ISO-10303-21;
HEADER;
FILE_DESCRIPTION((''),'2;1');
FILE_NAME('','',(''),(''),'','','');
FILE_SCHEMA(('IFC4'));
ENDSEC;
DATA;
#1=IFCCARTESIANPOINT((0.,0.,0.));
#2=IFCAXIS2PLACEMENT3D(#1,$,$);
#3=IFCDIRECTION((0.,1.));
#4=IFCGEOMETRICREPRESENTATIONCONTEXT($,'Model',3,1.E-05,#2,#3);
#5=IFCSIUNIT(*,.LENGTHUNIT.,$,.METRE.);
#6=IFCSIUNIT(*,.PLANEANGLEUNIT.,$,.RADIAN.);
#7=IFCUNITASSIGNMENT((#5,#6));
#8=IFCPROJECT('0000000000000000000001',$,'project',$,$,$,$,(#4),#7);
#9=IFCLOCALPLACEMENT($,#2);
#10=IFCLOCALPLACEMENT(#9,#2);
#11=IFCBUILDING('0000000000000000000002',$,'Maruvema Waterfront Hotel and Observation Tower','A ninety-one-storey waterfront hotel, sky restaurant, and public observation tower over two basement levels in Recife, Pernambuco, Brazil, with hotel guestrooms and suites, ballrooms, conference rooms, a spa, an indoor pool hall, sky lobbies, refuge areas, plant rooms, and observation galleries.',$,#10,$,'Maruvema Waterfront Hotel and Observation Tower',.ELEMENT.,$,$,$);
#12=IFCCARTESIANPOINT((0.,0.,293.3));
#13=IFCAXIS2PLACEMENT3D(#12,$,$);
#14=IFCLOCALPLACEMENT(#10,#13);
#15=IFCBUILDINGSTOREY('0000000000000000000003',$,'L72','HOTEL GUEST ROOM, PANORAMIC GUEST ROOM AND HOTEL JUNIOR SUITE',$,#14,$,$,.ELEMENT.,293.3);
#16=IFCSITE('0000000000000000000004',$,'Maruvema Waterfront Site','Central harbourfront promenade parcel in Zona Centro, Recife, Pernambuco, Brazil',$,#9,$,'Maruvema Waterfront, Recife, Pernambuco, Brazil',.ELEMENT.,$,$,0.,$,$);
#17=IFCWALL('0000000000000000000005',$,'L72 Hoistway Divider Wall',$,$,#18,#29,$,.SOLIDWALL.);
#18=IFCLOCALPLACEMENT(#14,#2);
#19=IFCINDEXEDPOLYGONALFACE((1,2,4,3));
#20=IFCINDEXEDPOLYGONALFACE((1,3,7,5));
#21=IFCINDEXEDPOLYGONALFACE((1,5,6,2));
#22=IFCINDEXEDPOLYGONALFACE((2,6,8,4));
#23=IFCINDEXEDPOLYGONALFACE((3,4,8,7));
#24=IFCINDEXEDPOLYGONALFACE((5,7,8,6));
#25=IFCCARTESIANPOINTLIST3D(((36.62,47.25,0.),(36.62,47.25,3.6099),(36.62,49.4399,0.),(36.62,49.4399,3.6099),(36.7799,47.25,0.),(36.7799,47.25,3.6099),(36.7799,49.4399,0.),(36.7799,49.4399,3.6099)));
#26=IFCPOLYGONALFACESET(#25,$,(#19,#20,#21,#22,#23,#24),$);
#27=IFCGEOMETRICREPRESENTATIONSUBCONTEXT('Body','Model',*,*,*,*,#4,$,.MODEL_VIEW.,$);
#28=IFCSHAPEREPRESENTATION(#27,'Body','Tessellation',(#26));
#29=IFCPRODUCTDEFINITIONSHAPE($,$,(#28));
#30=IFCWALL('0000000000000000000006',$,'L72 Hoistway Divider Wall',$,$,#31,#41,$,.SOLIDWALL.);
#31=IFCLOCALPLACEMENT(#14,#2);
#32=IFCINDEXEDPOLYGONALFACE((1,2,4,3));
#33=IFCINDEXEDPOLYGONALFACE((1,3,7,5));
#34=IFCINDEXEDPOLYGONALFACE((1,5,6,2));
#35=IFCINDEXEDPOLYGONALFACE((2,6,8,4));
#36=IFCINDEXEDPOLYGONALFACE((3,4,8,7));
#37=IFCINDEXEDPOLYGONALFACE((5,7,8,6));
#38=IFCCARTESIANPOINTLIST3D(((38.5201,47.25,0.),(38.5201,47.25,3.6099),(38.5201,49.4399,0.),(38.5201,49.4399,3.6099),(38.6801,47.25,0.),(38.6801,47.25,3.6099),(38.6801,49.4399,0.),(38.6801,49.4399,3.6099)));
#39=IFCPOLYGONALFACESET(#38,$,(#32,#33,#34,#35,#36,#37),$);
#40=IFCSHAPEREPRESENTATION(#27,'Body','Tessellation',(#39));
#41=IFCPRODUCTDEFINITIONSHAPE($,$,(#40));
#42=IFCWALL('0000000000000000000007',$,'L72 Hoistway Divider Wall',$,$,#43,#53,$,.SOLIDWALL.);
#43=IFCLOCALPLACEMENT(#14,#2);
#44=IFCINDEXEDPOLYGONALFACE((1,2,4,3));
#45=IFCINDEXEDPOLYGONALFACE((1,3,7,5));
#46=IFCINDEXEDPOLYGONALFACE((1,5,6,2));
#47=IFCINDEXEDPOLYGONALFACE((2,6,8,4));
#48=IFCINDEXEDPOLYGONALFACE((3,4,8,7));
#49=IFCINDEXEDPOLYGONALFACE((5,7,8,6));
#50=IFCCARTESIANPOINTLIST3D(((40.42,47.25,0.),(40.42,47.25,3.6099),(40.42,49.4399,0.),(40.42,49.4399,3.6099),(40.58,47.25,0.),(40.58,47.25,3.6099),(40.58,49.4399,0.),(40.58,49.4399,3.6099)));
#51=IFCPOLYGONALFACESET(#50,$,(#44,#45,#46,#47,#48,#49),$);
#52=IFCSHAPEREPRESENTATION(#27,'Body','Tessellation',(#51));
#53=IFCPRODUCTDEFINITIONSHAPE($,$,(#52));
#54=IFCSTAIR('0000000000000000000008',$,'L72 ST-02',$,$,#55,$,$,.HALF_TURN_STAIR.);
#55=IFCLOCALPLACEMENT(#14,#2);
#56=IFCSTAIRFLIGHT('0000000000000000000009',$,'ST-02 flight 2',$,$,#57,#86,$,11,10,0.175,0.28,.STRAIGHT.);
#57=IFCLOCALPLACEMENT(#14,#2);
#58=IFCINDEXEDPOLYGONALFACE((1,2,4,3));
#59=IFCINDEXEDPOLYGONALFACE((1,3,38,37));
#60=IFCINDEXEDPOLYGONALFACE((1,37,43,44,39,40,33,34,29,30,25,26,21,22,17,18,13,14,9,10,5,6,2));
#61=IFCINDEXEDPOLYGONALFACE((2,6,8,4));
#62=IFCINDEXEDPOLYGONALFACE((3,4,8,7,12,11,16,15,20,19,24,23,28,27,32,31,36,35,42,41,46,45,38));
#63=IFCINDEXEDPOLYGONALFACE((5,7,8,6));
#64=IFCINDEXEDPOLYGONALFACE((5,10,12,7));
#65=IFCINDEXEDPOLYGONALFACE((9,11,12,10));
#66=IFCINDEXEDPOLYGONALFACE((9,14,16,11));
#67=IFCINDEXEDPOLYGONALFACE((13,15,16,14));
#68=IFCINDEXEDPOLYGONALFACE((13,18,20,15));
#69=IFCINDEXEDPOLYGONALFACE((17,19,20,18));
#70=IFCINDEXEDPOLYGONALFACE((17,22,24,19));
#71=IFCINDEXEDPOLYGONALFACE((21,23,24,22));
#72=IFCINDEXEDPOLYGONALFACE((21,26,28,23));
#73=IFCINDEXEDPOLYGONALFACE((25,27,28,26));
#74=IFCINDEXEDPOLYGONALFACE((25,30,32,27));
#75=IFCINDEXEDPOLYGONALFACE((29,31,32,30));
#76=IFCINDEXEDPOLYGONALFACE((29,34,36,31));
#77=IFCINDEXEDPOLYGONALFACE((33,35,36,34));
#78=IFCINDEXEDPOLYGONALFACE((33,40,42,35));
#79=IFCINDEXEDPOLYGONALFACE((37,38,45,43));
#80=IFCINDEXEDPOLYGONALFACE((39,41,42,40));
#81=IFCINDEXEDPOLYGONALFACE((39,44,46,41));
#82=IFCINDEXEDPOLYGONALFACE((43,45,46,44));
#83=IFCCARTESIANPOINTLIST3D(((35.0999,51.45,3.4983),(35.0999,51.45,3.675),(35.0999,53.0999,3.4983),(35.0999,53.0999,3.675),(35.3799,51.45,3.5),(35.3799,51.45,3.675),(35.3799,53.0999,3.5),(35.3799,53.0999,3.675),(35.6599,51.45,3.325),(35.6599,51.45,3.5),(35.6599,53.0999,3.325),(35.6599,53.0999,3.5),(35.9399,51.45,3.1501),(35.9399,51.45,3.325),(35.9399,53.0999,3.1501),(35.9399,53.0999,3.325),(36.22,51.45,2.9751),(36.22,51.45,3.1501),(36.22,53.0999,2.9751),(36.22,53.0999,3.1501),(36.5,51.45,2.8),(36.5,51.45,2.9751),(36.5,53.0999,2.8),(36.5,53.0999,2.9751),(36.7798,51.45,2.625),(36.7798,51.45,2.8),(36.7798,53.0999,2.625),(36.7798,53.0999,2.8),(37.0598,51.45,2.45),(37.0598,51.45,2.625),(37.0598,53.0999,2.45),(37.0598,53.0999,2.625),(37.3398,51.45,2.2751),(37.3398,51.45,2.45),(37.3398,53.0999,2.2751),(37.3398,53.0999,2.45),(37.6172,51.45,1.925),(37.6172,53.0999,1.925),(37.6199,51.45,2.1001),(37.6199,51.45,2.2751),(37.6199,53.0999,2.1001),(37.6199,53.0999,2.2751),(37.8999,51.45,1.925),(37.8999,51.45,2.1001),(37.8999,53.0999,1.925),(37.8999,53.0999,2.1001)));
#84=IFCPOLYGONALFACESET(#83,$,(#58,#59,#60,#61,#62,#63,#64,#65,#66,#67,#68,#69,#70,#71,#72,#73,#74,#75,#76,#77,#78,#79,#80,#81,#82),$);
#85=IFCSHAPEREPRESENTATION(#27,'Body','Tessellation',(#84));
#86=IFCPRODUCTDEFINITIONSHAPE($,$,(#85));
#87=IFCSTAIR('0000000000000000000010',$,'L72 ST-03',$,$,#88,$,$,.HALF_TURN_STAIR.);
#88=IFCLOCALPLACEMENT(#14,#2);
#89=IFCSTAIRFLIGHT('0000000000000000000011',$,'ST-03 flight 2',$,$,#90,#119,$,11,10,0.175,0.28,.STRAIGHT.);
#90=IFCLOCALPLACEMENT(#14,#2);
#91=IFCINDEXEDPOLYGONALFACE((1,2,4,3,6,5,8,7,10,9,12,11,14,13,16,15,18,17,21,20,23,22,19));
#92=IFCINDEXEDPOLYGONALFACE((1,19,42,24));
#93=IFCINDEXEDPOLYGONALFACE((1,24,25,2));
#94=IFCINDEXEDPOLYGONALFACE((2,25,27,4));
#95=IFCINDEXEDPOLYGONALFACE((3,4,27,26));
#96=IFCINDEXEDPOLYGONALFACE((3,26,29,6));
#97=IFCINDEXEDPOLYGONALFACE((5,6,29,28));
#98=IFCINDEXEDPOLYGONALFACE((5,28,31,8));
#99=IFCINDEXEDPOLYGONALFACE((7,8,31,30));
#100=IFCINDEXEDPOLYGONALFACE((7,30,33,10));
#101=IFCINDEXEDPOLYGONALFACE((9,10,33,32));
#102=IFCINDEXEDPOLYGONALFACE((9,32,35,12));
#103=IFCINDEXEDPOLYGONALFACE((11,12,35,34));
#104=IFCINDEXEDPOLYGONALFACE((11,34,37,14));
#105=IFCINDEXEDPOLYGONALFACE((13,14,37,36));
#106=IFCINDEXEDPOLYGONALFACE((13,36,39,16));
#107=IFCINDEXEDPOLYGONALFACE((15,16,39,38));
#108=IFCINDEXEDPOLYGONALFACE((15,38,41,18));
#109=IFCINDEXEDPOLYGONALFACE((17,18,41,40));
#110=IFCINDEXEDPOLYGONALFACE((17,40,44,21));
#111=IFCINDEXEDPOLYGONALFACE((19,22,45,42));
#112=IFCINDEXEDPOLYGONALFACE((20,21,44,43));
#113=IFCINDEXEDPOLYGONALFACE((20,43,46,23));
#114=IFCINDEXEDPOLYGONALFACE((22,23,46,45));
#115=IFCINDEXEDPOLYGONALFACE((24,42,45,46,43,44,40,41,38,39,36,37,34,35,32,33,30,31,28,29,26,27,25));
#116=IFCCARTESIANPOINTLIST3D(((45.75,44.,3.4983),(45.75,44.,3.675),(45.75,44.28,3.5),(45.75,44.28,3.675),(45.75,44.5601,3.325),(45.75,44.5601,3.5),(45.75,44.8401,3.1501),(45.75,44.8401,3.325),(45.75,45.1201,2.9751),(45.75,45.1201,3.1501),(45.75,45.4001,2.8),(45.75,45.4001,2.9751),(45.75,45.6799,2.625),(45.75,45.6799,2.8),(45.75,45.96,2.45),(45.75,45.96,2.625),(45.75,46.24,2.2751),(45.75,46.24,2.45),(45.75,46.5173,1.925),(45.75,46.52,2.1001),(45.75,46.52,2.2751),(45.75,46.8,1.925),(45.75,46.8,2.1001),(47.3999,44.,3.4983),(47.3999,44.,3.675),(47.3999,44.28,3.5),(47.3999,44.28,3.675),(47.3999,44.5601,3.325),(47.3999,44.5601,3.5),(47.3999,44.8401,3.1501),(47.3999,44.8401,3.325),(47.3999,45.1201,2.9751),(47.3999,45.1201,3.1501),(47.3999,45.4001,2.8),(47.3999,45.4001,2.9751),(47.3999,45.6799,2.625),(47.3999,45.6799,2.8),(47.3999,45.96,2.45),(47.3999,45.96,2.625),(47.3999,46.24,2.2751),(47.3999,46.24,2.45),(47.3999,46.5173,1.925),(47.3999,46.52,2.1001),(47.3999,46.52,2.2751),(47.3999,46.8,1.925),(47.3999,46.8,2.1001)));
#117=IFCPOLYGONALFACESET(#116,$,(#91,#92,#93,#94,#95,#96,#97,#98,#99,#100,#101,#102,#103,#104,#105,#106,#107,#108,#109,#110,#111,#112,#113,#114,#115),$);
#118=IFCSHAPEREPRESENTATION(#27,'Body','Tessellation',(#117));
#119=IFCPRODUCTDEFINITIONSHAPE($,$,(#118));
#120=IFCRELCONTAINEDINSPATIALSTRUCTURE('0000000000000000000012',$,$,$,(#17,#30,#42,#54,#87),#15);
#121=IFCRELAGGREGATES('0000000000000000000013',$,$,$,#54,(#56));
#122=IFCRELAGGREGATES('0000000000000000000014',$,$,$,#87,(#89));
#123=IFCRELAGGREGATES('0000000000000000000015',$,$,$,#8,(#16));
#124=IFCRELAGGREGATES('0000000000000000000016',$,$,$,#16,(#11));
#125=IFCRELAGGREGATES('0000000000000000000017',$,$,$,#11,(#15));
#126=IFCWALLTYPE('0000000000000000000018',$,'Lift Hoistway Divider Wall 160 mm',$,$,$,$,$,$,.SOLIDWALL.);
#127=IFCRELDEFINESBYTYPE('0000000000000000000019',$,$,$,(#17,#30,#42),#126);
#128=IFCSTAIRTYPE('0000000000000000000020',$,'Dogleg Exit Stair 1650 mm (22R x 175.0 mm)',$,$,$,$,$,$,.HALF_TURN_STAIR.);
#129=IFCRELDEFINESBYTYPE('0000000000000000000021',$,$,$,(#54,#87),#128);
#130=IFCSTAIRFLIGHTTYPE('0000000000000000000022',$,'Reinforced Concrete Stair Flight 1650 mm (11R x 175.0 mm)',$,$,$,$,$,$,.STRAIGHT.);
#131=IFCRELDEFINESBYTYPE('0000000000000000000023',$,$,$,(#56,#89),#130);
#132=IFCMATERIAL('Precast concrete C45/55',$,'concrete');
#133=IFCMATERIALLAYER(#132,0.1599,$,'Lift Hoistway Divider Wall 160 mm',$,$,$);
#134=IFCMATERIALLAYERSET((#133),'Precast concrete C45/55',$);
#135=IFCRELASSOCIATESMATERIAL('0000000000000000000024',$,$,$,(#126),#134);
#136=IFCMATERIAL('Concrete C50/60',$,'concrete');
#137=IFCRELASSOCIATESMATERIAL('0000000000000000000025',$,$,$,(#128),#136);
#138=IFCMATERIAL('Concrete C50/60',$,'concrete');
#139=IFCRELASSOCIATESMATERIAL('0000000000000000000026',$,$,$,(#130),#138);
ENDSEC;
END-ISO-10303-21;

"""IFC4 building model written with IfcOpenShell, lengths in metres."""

from ifc_helpers import new_model, si_unit, direction, frame, frame_2d, origin, place, context, subcontext, project, spatial, polyline, rectangle, outline, extrude, material, layer, layer_set, type_object, element, aggregate, save


model = new_model("IFC4")

# Units and contexts
model_context = context("Model", 3, precision=1e-05, world=origin(), true_north=direction((0.0, 1.0)))
body_context = subcontext(model_context, "Body", "Model", "MODEL_VIEW")
ifc_project = project(units=[si_unit("LENGTHUNIT", "METRE"), si_unit("PLANEANGLEUNIT", "RADIAN")], contexts=[model_context])

# Site, building, storey
site_placement = place(None, origin())
site = spatial("IfcSite", under=ifc_project, at=site_placement, Name="Maruvema Waterfront Site", Description="Central harbourfront promenade parcel in Zona Centro, Recife, Pernambuco, Brazil", LongName="Maruvema Waterfront, Recife, Pernambuco, Brazil", CompositionType="ELEMENT", RefElevation=0.0)
building_placement = place(site_placement, origin())
building = spatial("IfcBuilding", under=site, at=building_placement, Name="Maruvema Waterfront Hotel and Observation Tower", Description="A ninety-one-storey waterfront hotel, sky restaurant, and public observation tower over two basement levels in Recife, Pernambuco, Brazil, with hotel guestrooms and suites, ballrooms, conference rooms, a spa, an indoor pool hall, sky lobbies, refuge areas, plant rooms, and observation galleries.", LongName="Maruvema Waterfront Hotel and Observation Tower", CompositionType="ELEMENT")
storey_placement = place(building_placement, frame((0.0, 0.0, 293.3)))
storey = spatial("IfcBuildingStorey", under=building, at=storey_placement, Name="L72", Description="HOTEL GUEST ROOM, PANORAMIC GUEST ROOM AND HOTEL JUNIOR SUITE", CompositionType="ELEMENT", Elevation=293.3)

# Walls
ifc_material_1 = material(Name="Precast concrete C45/55", Category="concrete")
ifc_layer_1 = layer(ifc_material_1, 0.1599, Name="Lift Hoistway Divider Wall 160 mm")
ifc_layer_set_1 = layer_set([ifc_layer_1], Name="Precast concrete C45/55")
wall_type_1 = type_object("IfcWallType", Name="Lift Hoistway Divider Wall 160 mm", PredefinedType="SOLIDWALL", material=ifc_layer_set_1)
for number, where, z_axis, x_axis, name in (
    (1, (36.7, 47.25, 0.0), (0.0, 0.0, 1.0), (0.0, 1.0, 0.0), "L72 Hoistway Divider Wall"),
    (2, (38.6001, 47.25, 0.0), (0.0, 0.0, 1.0), (0.0, 1.0, 0.0), "L72 Hoistway Divider Wall"),
    (3, (40.5, 47.25, 0.0), (0.0, 0.0, 1.0), (0.0, 1.0, 0.0), "L72 Hoistway Divider Wall"),
):
    element("IfcWall", number, at=place(storey_placement, frame(where, z_axis=z_axis, x_axis=x_axis)), inside=storey, type_object=wall_type_1, Name=name, PredefinedType="SOLIDWALL", context=body_context, shape_type="SweptSolid", body=[
        extrude(rectangle(XDim=2.1899, YDim=0.1599, at=frame_2d((1.095, 0.0))), origin(), (0.0, 0.0, 1.0), 3.6099),
    ])

# Stairs, stair flights
ifc_material_2 = material(Name="Concrete C50/60", Category="concrete")
stair_type = type_object("IfcStairType", Name="Dogleg Exit Stair 1650 mm (22R x 175.0 mm)", PredefinedType="HALF_TURN_STAIR", material=ifc_material_2)
stair_1_placement = place(storey_placement, origin())
stair_1 = element("IfcStair", 4, at=stair_1_placement, inside=storey, type_object=stair_type, Name="L72 ST-02", PredefinedType="HALF_TURN_STAIR")
ifc_material_3 = material(Name="Concrete C50/60", Category="concrete")
stair_flight_type = type_object("IfcStairFlightType", Name="Reinforced Concrete Stair Flight 1650 mm (11R x 175.0 mm)", PredefinedType="STRAIGHT", material=ifc_material_3)
stair_flight_1_placement = place(storey_placement, frame((37.8999, 52.2749, 1.925), z_axis=(0.0, 0.0, 1.0), x_axis=(-1.0, 0.0, 0.0)))
stair_flight_1 = element("IfcStairFlight", 5, at=stair_flight_1_placement, type_object=stair_flight_type, Name="ST-02 flight 2", NumberOfRisers=11, NumberOfTreads=10, PredefinedType="STRAIGHT", RiserHeight=0.175, TreadLength=0.28, context=body_context, shape_type="SweptSolid", body=[
    extrude(outline(polyline([(0.0, 0.0), (0.0, 0.175), (0.28, 0.175), (0.28, 0.3501), (0.5601, 0.3501), (0.5601, 0.5249), (0.8401, 0.5249), (0.8401, 0.7), (1.1201, 0.7), (1.1201, 0.875), (1.3999, 0.875), (1.3999, 1.05), (1.6799, 1.05), (1.6799, 1.2251), (1.96, 1.2251), (1.96, 1.3999), (2.24, 1.3999), (2.24, 1.575), (2.52, 1.575), (2.52, 1.75), (2.8, 1.75), (2.8, 1.925), (2.8, 1.5732), (0.2827, 0.0), (0.0, 0.0)])), frame((0.0, 0.825, 0.0), z_axis=(0.0, -1.0, 0.0), x_axis=(1.0, 0.0, 0.0)), (0.0, 0.0, 1.0), 1.6499),
])
aggregate(stair_1, [stair_flight_1])
stair_2_placement = place(storey_placement, origin())
stair_2 = element("IfcStair", 6, at=stair_2_placement, inside=storey, type_object=stair_type, Name="L72 ST-03", PredefinedType="HALF_TURN_STAIR")
stair_flight_2_placement = place(storey_placement, frame((46.575, 46.8, 1.925), z_axis=(0.0, 0.0, 1.0), x_axis=(0.0, -1.0, 0.0)))
stair_flight_2 = element("IfcStairFlight", 7, at=stair_flight_2_placement, type_object=stair_flight_type, Name="ST-03 flight 2", NumberOfRisers=11, NumberOfTreads=10, PredefinedType="STRAIGHT", RiserHeight=0.175, TreadLength=0.28, context=body_context, shape_type="SweptSolid", body=[
    extrude(outline(polyline([(0.0, 0.0), (0.0, 0.175), (0.28, 0.175), (0.28, 0.3501), (0.5601, 0.3501), (0.5601, 0.5249), (0.8401, 0.5249), (0.8401, 0.7), (1.1201, 0.7), (1.1201, 0.875), (1.3999, 0.875), (1.3999, 1.05), (1.6799, 1.05), (1.6799, 1.2251), (1.96, 1.2251), (1.96, 1.3999), (2.24, 1.3999), (2.24, 1.575), (2.52, 1.575), (2.52, 1.75), (2.8, 1.75), (2.8, 1.925), (2.8, 1.5732), (0.2827, 0.0), (0.0, 0.0)])), frame((0.0, 0.825, 0.0), z_axis=(0.0, -1.0, 0.0), x_axis=(1.0, 0.0, 0.0)), (0.0, 0.0, 1.0), 1.6499),
])
aggregate(stair_2, [stair_flight_2])

save(model, "model.ifc")
